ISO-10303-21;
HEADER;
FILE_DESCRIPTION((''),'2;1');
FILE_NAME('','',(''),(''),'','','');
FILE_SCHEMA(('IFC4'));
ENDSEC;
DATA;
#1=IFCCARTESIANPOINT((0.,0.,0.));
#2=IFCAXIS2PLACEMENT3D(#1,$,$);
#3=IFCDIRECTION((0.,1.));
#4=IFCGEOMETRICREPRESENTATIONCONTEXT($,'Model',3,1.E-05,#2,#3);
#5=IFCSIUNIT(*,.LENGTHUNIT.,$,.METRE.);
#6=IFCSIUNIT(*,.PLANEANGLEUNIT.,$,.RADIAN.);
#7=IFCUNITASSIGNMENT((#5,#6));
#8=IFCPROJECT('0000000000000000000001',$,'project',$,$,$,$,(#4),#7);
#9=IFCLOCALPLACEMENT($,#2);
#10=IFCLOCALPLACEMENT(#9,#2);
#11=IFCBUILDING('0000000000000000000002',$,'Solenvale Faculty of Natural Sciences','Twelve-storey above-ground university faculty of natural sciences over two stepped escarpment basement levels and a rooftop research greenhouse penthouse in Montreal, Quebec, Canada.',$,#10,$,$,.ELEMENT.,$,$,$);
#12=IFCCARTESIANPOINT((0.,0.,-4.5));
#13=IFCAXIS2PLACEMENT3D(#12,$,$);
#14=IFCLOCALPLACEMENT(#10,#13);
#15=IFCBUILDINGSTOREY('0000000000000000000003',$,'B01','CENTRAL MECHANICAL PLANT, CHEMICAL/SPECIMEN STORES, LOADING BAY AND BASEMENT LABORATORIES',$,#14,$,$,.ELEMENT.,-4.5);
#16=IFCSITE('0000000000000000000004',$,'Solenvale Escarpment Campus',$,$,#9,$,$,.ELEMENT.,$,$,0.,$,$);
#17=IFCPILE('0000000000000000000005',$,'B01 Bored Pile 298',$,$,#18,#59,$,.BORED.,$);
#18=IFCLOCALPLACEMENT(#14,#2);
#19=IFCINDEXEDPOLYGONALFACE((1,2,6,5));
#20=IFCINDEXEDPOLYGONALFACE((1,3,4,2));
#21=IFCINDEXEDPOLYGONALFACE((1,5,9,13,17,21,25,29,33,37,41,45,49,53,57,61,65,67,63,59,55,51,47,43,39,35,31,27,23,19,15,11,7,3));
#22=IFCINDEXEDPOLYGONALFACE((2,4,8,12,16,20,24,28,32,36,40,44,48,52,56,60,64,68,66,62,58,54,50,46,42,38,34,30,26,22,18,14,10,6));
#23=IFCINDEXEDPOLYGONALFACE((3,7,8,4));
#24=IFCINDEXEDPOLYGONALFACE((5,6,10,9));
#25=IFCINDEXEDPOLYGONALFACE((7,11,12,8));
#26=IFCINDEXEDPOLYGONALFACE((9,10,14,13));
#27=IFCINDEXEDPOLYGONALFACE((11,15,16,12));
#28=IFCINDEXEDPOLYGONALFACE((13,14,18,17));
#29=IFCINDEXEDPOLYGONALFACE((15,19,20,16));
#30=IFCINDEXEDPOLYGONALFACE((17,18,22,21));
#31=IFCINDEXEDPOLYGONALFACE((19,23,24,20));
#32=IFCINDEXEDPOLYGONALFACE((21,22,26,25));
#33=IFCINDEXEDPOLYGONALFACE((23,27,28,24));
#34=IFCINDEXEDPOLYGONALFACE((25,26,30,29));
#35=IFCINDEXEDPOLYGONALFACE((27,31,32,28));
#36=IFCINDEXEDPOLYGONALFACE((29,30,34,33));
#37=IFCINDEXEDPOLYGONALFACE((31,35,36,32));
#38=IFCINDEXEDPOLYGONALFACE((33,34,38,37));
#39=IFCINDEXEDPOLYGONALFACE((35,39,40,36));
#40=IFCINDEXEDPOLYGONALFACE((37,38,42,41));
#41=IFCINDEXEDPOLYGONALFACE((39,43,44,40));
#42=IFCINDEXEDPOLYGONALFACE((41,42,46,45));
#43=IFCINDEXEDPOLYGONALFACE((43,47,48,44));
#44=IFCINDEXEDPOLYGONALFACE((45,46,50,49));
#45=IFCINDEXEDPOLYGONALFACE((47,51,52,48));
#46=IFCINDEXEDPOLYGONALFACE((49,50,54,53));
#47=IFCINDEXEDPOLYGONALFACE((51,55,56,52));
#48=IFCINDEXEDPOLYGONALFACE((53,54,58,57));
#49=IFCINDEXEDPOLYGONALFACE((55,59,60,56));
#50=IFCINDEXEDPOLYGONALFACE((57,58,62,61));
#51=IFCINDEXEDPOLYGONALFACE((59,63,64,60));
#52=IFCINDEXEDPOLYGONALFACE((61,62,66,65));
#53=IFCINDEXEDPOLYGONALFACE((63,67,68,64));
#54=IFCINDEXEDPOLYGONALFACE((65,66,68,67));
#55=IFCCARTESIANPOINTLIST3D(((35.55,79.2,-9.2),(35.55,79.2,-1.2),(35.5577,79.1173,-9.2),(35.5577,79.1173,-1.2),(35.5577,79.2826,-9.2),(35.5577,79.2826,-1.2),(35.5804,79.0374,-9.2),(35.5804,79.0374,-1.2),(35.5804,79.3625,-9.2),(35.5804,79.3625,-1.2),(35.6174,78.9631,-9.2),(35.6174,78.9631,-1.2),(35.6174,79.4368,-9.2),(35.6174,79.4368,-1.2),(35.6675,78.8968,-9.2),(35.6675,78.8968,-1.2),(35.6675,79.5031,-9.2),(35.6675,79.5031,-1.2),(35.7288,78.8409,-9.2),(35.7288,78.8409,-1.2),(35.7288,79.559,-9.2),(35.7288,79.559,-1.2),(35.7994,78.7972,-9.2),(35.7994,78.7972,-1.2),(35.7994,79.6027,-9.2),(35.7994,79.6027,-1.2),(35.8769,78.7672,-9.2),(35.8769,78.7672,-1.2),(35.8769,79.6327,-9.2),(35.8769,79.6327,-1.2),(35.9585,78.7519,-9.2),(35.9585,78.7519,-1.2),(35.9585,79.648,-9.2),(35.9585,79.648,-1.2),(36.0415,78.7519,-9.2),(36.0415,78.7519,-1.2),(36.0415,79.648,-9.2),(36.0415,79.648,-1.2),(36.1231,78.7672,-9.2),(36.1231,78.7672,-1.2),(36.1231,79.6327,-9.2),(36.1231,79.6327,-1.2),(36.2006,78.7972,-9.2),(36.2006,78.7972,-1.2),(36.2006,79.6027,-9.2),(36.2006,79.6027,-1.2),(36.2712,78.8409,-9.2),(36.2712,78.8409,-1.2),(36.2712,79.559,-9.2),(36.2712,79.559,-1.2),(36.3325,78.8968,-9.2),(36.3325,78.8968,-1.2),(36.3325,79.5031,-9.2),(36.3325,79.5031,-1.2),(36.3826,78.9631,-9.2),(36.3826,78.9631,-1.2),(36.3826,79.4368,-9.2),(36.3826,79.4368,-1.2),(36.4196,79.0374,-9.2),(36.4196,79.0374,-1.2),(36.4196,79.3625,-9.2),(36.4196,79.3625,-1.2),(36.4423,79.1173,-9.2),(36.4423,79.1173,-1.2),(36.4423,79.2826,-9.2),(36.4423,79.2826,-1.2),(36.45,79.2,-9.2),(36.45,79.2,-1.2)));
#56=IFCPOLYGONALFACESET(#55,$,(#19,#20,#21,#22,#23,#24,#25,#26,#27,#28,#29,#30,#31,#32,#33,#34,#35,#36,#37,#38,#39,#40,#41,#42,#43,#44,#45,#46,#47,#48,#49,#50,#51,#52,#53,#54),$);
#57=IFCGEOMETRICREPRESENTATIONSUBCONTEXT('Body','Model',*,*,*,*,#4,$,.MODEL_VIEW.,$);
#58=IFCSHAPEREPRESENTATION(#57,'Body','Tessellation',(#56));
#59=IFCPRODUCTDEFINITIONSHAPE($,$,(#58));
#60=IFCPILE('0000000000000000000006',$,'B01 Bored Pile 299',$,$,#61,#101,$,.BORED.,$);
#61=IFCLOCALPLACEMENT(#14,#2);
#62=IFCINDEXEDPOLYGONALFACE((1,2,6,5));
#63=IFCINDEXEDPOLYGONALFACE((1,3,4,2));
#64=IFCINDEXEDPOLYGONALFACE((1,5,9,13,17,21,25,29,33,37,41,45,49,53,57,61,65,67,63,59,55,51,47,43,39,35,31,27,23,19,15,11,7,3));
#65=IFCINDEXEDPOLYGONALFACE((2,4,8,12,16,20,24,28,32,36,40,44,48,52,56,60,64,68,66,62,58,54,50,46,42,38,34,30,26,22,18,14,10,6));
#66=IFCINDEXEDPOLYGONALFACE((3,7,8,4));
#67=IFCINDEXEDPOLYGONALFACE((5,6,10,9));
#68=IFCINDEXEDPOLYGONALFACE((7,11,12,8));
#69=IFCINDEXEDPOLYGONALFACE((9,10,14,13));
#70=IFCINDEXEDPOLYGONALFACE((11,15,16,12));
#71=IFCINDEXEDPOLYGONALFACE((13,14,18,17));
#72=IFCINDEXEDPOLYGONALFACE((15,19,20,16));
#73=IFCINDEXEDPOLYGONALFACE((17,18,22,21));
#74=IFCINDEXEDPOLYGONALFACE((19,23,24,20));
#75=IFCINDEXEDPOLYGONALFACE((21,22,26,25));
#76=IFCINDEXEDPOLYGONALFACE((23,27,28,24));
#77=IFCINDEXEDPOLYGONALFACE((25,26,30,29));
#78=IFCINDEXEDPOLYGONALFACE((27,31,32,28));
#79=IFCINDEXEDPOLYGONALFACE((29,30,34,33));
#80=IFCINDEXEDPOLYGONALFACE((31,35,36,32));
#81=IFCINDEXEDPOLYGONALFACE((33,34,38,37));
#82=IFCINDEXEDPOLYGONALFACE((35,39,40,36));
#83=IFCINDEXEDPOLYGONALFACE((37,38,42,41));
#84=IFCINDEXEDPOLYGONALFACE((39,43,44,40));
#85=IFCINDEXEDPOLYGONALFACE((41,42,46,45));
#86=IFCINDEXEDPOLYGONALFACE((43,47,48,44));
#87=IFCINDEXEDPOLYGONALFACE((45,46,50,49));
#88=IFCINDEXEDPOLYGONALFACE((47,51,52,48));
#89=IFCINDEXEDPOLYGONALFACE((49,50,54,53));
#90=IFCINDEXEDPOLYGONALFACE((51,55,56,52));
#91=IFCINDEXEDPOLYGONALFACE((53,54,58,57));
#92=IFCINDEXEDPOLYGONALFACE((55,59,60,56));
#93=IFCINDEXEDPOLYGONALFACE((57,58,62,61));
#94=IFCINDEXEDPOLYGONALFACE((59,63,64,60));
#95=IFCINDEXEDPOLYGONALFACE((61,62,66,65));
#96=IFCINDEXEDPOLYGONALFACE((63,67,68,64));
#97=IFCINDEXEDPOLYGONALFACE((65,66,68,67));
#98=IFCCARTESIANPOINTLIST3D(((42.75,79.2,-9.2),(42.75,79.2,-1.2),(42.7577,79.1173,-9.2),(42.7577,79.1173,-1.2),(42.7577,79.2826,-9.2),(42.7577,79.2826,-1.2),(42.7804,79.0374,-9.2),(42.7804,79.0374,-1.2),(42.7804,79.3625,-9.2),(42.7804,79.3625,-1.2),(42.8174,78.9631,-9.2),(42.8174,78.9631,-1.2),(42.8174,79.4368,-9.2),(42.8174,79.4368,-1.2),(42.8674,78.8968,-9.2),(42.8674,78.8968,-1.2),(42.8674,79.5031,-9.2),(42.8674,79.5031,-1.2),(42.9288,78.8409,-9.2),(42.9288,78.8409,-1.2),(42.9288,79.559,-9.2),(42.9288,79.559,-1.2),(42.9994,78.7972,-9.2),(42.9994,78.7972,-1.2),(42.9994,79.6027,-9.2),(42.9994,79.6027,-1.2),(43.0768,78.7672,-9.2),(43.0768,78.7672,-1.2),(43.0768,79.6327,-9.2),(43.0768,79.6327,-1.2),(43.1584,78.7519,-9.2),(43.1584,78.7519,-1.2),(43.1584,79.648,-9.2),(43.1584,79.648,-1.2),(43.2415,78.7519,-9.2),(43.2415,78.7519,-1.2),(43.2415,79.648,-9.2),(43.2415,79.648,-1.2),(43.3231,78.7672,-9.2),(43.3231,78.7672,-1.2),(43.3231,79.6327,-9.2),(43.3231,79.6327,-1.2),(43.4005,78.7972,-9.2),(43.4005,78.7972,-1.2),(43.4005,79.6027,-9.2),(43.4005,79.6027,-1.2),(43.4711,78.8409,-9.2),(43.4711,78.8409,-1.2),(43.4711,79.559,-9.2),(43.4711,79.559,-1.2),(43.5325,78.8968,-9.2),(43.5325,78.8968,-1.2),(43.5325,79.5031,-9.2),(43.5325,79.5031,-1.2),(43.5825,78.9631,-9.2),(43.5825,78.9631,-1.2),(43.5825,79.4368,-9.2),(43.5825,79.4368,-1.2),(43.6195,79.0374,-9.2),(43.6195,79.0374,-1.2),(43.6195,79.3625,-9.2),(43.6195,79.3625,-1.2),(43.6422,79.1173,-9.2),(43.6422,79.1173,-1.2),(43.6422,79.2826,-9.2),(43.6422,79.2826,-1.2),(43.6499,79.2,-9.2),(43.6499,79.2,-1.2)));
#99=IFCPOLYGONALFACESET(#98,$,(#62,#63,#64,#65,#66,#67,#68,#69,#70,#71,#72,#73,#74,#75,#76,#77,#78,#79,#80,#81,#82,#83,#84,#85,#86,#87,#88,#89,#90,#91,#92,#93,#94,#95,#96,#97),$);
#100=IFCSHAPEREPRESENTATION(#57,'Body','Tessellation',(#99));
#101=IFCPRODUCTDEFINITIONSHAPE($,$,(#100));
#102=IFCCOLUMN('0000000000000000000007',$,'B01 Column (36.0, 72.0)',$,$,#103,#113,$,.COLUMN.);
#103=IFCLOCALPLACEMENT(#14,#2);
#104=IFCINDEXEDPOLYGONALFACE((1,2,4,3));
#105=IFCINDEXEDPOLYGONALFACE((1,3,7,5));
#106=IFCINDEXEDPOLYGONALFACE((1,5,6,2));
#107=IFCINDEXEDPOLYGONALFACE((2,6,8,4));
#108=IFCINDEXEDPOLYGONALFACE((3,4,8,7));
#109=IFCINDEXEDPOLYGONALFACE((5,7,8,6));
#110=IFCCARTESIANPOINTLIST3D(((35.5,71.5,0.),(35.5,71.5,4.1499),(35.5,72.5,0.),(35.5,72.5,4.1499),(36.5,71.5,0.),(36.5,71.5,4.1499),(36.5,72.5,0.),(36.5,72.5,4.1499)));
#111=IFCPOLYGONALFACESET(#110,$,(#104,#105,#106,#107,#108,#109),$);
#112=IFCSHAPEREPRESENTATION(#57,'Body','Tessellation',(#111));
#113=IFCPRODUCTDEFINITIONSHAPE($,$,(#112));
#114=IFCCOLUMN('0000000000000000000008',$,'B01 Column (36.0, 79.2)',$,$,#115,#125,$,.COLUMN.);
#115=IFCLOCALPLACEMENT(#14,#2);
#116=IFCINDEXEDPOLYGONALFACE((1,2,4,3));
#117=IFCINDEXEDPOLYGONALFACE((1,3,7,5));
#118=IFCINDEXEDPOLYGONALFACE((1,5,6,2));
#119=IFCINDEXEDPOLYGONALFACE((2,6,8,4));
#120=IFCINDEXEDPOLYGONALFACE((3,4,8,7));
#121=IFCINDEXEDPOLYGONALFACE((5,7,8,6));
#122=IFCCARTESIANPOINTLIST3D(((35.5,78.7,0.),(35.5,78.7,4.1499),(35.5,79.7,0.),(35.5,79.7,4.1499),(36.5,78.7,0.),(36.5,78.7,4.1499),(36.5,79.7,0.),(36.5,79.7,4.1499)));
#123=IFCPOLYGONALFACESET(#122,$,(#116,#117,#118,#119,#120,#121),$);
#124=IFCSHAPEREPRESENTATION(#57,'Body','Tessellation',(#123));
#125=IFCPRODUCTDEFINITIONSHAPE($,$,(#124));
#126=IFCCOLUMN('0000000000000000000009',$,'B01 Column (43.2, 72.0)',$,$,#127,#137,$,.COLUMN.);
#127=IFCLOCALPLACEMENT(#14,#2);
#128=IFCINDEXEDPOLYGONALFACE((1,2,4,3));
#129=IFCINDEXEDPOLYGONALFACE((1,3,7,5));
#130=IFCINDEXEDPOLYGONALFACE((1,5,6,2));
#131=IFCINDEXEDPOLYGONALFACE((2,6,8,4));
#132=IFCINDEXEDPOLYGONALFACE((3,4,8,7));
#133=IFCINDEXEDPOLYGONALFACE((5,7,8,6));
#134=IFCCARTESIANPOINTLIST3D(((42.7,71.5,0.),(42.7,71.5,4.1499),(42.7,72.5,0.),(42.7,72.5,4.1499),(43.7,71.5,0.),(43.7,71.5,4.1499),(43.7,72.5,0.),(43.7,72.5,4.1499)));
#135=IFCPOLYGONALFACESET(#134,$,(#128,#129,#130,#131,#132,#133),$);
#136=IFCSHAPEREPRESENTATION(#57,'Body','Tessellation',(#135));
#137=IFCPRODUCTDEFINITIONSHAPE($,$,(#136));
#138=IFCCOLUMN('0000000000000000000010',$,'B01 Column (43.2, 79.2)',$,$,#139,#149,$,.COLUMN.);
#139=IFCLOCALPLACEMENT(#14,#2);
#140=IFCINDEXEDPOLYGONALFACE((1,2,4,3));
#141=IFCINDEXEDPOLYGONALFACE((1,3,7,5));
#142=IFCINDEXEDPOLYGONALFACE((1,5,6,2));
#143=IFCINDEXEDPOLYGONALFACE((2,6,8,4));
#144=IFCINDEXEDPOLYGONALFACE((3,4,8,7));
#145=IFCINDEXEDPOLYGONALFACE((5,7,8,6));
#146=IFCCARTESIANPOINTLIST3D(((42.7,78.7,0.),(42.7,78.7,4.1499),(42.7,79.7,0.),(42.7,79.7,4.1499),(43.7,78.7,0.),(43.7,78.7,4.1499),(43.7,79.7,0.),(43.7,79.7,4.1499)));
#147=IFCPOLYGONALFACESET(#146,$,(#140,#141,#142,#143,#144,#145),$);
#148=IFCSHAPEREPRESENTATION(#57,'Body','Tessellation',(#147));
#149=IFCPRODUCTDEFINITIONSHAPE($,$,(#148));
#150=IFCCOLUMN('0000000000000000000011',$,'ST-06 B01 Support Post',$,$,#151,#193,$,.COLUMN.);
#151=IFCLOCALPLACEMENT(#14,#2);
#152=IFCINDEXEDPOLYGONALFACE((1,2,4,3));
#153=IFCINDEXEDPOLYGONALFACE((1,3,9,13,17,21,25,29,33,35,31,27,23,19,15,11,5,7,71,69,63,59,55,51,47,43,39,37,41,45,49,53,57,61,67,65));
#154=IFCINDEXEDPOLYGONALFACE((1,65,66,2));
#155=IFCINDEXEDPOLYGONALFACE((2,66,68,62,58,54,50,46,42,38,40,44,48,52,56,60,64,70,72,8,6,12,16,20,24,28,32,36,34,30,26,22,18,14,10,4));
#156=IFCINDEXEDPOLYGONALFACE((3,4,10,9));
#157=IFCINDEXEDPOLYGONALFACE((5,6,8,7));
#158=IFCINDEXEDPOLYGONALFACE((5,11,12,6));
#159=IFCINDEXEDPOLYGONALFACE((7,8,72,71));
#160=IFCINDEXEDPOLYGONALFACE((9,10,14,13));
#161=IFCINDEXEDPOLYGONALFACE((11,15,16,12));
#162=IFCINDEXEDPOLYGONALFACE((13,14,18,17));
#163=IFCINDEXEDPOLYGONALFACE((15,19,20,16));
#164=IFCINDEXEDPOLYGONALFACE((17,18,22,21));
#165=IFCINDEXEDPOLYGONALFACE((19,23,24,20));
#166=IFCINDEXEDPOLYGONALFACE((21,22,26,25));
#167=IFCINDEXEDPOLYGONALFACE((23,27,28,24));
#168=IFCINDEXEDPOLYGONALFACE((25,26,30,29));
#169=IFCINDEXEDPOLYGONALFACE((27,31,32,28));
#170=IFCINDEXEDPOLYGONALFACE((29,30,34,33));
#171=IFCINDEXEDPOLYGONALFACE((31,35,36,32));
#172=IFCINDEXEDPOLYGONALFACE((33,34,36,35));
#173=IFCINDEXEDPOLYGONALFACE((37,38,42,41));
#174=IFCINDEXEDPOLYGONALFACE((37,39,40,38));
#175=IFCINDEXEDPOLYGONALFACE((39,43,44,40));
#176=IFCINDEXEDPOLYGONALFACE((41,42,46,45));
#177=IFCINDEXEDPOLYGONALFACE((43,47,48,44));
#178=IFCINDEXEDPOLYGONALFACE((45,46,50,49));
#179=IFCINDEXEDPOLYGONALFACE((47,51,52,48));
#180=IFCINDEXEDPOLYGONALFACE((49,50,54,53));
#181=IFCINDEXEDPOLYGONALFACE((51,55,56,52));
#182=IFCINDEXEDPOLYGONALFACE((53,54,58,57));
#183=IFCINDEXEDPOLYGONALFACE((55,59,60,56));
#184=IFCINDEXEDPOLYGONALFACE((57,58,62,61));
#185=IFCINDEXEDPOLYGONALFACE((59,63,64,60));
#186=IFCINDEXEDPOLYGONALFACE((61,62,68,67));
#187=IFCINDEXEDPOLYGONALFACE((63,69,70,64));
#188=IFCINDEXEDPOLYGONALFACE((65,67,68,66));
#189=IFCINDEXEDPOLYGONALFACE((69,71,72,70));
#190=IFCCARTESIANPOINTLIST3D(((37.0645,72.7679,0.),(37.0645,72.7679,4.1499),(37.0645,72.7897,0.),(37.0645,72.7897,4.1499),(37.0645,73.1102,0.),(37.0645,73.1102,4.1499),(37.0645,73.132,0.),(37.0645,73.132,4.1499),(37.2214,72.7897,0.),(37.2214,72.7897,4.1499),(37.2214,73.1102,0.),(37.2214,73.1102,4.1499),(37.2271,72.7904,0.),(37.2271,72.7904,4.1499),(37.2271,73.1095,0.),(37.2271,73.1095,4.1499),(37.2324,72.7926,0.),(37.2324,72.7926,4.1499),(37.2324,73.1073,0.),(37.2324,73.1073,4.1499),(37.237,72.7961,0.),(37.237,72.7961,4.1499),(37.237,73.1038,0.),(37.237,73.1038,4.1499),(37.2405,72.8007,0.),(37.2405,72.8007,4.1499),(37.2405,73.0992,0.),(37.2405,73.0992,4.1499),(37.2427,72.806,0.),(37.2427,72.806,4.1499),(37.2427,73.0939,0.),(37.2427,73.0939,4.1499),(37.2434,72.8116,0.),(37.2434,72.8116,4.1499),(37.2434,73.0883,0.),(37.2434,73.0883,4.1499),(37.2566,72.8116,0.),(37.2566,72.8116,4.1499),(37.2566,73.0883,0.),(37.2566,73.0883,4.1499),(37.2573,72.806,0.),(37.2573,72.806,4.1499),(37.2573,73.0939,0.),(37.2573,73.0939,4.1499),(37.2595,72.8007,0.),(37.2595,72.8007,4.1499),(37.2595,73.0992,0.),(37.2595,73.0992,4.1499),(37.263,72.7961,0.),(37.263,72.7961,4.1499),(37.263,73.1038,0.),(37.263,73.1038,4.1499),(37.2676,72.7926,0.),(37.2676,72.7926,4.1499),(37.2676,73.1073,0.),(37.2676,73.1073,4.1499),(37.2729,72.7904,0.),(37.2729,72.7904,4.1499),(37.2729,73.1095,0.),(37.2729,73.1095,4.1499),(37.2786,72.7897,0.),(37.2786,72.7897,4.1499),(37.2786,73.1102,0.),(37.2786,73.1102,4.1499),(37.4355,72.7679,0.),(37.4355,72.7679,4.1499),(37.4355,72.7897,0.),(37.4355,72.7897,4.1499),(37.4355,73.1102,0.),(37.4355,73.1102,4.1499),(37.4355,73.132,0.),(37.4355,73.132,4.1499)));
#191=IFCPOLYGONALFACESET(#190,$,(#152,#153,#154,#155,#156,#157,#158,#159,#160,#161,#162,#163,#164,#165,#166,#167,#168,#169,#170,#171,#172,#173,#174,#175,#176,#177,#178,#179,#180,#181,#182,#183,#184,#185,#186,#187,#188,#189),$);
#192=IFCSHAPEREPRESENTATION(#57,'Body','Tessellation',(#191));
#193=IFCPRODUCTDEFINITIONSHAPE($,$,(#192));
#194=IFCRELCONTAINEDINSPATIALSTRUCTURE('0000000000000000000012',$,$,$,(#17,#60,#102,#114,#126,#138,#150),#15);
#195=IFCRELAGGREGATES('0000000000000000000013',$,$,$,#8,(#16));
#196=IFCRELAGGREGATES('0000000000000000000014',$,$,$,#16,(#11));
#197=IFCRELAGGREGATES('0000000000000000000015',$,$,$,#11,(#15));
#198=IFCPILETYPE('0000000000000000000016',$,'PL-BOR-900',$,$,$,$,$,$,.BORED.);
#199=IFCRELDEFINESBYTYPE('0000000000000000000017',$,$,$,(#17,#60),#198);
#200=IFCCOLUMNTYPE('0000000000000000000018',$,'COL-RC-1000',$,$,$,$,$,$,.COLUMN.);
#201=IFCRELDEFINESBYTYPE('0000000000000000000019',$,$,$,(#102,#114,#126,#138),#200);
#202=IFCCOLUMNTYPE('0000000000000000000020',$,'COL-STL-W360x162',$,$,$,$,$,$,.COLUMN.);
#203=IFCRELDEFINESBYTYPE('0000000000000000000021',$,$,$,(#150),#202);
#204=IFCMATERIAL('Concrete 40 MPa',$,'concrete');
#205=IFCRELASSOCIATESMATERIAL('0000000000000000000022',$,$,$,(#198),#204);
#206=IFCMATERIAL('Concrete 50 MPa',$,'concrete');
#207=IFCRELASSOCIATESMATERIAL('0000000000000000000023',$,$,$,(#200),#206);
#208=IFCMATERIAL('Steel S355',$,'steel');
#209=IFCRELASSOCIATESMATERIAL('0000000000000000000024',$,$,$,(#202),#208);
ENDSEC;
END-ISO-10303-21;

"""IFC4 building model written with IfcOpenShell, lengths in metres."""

from ifc_helpers import new_model, si_unit, direction, frame, origin, origin_2d, place, context, subcontext, project, spatial, rectangle, circle, i_section, extrude, material, material_profile, profile_set, type_object, element, save


model = new_model("IFC4")

# Units and contexts
model_context = context("Model", 3, precision=1e-05, world=origin(), true_north=direction((0.0, 1.0)))
body_context = subcontext(model_context, "Body", "Model", "MODEL_VIEW")
ifc_project = project(units=[si_unit("LENGTHUNIT", "METRE"), si_unit("PLANEANGLEUNIT", "RADIAN")], contexts=[model_context])

# Site, building, storey
site_placement = place(None, origin())
site = spatial("IfcSite", under=ifc_project, at=site_placement, Name="Solenvale Escarpment Campus", CompositionType="ELEMENT", RefElevation=0.0)
building_placement = place(site_placement, origin())
building = spatial("IfcBuilding", under=site, at=building_placement, Name="Solenvale Faculty of Natural Sciences", Description="Twelve-storey above-ground university faculty of natural sciences over two stepped escarpment basement levels and a rooftop research greenhouse penthouse in Montreal, Quebec, Canada.", CompositionType="ELEMENT")
storey_placement = place(building_placement, frame((0.0, 0.0, -4.5)))
storey = spatial("IfcBuildingStorey", under=building, at=storey_placement, Name="B01", Description="CENTRAL MECHANICAL PLANT, CHEMICAL/SPECIMEN STORES, LOADING BAY AND BASEMENT LABORATORIES", CompositionType="ELEMENT", Elevation=-4.5)

# Shared definitions
ifc_material_1 = material(Name="Concrete 40 MPa", Category="concrete")

# Piles
ifc_material_profile_1 = material_profile(ifc_material_1, circle(Radius=0.45, at=origin_2d()), Name="PILE-D900")
ifc_profile_set_1 = profile_set([ifc_material_profile_1], Name="Concrete 40 MPa")
pile_type_1 = type_object("IfcPileType", Name="PL-BOR-900", PredefinedType="BORED", material=ifc_profile_set_1)
for number, where, z_axis, x_axis, name in (
    (1, (36.0, 79.2, -1.2), (0.0, 0.0, -1.0), (1.0, 0.0, 0.0), "B01 Bored Pile 298"),
    (2, (43.2, 79.2, -1.2), (0.0, 0.0, -1.0), (1.0, 0.0, 0.0), "B01 Bored Pile 299"),
):
    element("IfcPile", number, at=place(storey_placement, frame(where, z_axis=z_axis, x_axis=x_axis)), inside=storey, type_object=pile_type_1, Name=name, PredefinedType="BORED", context=body_context, shape_type="SweptSolid", body=[
        extrude(circle(Radius=0.45, at=origin_2d()), origin(), (0.0, 0.0, 1.0), 8.0),
    ])

# Columns
ifc_material_2 = material(Name="Concrete 50 MPa", Category="concrete")
ifc_material_profile_2 = material_profile(ifc_material_2, rectangle(XDim=1.0, YDim=1.0, at=origin_2d()), Name="RC-COL-1000x1000")
ifc_profile_set_2 = profile_set([ifc_material_profile_2], Name="Concrete 50 MPa")
column_type_1 = type_object("IfcColumnType", Name="COL-RC-1000", PredefinedType="COLUMN", material=ifc_profile_set_2)
for number, where, z_axis, x_axis, name in (
    (3, (36.0, 72.0, 0.0), (0.0, 0.0, 1.0), (1.0, 0.0, 0.0), "B01 Column (36.0, 72.0)"),
    (4, (36.0, 79.2, 0.0), (0.0, 0.0, 1.0), (1.0, 0.0, 0.0), "B01 Column (36.0, 79.2)"),
    (5, (43.2, 72.0, 0.0), (0.0, 0.0, 1.0), (1.0, 0.0, 0.0), "B01 Column (43.2, 72.0)"),
    (6, (43.2, 79.2, 0.0), (0.0, 0.0, 1.0), (1.0, 0.0, 0.0), "B01 Column (43.2, 79.2)"),
):
    element("IfcColumn", number, at=place(storey_placement, frame(where, z_axis=z_axis, x_axis=x_axis)), inside=storey, type_object=column_type_1, Name=name, PredefinedType="COLUMN", context=body_context, shape_type="SweptSolid", body=[
        extrude(rectangle(XDim=1.0, YDim=1.0, at=origin_2d()), origin(), (0.0, 0.0, 1.0), 4.1499),
    ])
ifc_material_3 = material(Name="Steel S355", Category="steel")
ifc_material_profile_3 = material_profile(ifc_material_3, i_section(OverallWidth=0.3711, OverallDepth=0.364, WebThickness=0.0132, FlangeThickness=0.0217, FilletRadius=0.022, at=origin_2d()), Name="W360x162")
ifc_profile_set_3 = profile_set([ifc_material_profile_3], Name="Steel S355")
column_type_2 = type_object("IfcColumnType", Name="COL-STL-W360x162", PredefinedType="COLUMN", material=ifc_profile_set_3)
for number, where, z_axis, x_axis, name in (
    (7, (37.25, 72.95, 0.0), (0.0, 0.0, 1.0), (1.0, 0.0, 0.0), "ST-06 B01 Support Post"),
):
    element("IfcColumn", number, at=place(storey_placement, frame(where, z_axis=z_axis, x_axis=x_axis)), inside=storey, type_object=column_type_2, Name=name, PredefinedType="COLUMN", context=body_context, shape_type="SweptSolid", body=[
        extrude(i_section(OverallWidth=0.3711, OverallDepth=0.364, WebThickness=0.0132, FlangeThickness=0.0217, FilletRadius=0.022, at=origin_2d()), origin(), (0.0, 0.0, 1.0), 4.1499),
    ])

save(model, "model.ifc")
